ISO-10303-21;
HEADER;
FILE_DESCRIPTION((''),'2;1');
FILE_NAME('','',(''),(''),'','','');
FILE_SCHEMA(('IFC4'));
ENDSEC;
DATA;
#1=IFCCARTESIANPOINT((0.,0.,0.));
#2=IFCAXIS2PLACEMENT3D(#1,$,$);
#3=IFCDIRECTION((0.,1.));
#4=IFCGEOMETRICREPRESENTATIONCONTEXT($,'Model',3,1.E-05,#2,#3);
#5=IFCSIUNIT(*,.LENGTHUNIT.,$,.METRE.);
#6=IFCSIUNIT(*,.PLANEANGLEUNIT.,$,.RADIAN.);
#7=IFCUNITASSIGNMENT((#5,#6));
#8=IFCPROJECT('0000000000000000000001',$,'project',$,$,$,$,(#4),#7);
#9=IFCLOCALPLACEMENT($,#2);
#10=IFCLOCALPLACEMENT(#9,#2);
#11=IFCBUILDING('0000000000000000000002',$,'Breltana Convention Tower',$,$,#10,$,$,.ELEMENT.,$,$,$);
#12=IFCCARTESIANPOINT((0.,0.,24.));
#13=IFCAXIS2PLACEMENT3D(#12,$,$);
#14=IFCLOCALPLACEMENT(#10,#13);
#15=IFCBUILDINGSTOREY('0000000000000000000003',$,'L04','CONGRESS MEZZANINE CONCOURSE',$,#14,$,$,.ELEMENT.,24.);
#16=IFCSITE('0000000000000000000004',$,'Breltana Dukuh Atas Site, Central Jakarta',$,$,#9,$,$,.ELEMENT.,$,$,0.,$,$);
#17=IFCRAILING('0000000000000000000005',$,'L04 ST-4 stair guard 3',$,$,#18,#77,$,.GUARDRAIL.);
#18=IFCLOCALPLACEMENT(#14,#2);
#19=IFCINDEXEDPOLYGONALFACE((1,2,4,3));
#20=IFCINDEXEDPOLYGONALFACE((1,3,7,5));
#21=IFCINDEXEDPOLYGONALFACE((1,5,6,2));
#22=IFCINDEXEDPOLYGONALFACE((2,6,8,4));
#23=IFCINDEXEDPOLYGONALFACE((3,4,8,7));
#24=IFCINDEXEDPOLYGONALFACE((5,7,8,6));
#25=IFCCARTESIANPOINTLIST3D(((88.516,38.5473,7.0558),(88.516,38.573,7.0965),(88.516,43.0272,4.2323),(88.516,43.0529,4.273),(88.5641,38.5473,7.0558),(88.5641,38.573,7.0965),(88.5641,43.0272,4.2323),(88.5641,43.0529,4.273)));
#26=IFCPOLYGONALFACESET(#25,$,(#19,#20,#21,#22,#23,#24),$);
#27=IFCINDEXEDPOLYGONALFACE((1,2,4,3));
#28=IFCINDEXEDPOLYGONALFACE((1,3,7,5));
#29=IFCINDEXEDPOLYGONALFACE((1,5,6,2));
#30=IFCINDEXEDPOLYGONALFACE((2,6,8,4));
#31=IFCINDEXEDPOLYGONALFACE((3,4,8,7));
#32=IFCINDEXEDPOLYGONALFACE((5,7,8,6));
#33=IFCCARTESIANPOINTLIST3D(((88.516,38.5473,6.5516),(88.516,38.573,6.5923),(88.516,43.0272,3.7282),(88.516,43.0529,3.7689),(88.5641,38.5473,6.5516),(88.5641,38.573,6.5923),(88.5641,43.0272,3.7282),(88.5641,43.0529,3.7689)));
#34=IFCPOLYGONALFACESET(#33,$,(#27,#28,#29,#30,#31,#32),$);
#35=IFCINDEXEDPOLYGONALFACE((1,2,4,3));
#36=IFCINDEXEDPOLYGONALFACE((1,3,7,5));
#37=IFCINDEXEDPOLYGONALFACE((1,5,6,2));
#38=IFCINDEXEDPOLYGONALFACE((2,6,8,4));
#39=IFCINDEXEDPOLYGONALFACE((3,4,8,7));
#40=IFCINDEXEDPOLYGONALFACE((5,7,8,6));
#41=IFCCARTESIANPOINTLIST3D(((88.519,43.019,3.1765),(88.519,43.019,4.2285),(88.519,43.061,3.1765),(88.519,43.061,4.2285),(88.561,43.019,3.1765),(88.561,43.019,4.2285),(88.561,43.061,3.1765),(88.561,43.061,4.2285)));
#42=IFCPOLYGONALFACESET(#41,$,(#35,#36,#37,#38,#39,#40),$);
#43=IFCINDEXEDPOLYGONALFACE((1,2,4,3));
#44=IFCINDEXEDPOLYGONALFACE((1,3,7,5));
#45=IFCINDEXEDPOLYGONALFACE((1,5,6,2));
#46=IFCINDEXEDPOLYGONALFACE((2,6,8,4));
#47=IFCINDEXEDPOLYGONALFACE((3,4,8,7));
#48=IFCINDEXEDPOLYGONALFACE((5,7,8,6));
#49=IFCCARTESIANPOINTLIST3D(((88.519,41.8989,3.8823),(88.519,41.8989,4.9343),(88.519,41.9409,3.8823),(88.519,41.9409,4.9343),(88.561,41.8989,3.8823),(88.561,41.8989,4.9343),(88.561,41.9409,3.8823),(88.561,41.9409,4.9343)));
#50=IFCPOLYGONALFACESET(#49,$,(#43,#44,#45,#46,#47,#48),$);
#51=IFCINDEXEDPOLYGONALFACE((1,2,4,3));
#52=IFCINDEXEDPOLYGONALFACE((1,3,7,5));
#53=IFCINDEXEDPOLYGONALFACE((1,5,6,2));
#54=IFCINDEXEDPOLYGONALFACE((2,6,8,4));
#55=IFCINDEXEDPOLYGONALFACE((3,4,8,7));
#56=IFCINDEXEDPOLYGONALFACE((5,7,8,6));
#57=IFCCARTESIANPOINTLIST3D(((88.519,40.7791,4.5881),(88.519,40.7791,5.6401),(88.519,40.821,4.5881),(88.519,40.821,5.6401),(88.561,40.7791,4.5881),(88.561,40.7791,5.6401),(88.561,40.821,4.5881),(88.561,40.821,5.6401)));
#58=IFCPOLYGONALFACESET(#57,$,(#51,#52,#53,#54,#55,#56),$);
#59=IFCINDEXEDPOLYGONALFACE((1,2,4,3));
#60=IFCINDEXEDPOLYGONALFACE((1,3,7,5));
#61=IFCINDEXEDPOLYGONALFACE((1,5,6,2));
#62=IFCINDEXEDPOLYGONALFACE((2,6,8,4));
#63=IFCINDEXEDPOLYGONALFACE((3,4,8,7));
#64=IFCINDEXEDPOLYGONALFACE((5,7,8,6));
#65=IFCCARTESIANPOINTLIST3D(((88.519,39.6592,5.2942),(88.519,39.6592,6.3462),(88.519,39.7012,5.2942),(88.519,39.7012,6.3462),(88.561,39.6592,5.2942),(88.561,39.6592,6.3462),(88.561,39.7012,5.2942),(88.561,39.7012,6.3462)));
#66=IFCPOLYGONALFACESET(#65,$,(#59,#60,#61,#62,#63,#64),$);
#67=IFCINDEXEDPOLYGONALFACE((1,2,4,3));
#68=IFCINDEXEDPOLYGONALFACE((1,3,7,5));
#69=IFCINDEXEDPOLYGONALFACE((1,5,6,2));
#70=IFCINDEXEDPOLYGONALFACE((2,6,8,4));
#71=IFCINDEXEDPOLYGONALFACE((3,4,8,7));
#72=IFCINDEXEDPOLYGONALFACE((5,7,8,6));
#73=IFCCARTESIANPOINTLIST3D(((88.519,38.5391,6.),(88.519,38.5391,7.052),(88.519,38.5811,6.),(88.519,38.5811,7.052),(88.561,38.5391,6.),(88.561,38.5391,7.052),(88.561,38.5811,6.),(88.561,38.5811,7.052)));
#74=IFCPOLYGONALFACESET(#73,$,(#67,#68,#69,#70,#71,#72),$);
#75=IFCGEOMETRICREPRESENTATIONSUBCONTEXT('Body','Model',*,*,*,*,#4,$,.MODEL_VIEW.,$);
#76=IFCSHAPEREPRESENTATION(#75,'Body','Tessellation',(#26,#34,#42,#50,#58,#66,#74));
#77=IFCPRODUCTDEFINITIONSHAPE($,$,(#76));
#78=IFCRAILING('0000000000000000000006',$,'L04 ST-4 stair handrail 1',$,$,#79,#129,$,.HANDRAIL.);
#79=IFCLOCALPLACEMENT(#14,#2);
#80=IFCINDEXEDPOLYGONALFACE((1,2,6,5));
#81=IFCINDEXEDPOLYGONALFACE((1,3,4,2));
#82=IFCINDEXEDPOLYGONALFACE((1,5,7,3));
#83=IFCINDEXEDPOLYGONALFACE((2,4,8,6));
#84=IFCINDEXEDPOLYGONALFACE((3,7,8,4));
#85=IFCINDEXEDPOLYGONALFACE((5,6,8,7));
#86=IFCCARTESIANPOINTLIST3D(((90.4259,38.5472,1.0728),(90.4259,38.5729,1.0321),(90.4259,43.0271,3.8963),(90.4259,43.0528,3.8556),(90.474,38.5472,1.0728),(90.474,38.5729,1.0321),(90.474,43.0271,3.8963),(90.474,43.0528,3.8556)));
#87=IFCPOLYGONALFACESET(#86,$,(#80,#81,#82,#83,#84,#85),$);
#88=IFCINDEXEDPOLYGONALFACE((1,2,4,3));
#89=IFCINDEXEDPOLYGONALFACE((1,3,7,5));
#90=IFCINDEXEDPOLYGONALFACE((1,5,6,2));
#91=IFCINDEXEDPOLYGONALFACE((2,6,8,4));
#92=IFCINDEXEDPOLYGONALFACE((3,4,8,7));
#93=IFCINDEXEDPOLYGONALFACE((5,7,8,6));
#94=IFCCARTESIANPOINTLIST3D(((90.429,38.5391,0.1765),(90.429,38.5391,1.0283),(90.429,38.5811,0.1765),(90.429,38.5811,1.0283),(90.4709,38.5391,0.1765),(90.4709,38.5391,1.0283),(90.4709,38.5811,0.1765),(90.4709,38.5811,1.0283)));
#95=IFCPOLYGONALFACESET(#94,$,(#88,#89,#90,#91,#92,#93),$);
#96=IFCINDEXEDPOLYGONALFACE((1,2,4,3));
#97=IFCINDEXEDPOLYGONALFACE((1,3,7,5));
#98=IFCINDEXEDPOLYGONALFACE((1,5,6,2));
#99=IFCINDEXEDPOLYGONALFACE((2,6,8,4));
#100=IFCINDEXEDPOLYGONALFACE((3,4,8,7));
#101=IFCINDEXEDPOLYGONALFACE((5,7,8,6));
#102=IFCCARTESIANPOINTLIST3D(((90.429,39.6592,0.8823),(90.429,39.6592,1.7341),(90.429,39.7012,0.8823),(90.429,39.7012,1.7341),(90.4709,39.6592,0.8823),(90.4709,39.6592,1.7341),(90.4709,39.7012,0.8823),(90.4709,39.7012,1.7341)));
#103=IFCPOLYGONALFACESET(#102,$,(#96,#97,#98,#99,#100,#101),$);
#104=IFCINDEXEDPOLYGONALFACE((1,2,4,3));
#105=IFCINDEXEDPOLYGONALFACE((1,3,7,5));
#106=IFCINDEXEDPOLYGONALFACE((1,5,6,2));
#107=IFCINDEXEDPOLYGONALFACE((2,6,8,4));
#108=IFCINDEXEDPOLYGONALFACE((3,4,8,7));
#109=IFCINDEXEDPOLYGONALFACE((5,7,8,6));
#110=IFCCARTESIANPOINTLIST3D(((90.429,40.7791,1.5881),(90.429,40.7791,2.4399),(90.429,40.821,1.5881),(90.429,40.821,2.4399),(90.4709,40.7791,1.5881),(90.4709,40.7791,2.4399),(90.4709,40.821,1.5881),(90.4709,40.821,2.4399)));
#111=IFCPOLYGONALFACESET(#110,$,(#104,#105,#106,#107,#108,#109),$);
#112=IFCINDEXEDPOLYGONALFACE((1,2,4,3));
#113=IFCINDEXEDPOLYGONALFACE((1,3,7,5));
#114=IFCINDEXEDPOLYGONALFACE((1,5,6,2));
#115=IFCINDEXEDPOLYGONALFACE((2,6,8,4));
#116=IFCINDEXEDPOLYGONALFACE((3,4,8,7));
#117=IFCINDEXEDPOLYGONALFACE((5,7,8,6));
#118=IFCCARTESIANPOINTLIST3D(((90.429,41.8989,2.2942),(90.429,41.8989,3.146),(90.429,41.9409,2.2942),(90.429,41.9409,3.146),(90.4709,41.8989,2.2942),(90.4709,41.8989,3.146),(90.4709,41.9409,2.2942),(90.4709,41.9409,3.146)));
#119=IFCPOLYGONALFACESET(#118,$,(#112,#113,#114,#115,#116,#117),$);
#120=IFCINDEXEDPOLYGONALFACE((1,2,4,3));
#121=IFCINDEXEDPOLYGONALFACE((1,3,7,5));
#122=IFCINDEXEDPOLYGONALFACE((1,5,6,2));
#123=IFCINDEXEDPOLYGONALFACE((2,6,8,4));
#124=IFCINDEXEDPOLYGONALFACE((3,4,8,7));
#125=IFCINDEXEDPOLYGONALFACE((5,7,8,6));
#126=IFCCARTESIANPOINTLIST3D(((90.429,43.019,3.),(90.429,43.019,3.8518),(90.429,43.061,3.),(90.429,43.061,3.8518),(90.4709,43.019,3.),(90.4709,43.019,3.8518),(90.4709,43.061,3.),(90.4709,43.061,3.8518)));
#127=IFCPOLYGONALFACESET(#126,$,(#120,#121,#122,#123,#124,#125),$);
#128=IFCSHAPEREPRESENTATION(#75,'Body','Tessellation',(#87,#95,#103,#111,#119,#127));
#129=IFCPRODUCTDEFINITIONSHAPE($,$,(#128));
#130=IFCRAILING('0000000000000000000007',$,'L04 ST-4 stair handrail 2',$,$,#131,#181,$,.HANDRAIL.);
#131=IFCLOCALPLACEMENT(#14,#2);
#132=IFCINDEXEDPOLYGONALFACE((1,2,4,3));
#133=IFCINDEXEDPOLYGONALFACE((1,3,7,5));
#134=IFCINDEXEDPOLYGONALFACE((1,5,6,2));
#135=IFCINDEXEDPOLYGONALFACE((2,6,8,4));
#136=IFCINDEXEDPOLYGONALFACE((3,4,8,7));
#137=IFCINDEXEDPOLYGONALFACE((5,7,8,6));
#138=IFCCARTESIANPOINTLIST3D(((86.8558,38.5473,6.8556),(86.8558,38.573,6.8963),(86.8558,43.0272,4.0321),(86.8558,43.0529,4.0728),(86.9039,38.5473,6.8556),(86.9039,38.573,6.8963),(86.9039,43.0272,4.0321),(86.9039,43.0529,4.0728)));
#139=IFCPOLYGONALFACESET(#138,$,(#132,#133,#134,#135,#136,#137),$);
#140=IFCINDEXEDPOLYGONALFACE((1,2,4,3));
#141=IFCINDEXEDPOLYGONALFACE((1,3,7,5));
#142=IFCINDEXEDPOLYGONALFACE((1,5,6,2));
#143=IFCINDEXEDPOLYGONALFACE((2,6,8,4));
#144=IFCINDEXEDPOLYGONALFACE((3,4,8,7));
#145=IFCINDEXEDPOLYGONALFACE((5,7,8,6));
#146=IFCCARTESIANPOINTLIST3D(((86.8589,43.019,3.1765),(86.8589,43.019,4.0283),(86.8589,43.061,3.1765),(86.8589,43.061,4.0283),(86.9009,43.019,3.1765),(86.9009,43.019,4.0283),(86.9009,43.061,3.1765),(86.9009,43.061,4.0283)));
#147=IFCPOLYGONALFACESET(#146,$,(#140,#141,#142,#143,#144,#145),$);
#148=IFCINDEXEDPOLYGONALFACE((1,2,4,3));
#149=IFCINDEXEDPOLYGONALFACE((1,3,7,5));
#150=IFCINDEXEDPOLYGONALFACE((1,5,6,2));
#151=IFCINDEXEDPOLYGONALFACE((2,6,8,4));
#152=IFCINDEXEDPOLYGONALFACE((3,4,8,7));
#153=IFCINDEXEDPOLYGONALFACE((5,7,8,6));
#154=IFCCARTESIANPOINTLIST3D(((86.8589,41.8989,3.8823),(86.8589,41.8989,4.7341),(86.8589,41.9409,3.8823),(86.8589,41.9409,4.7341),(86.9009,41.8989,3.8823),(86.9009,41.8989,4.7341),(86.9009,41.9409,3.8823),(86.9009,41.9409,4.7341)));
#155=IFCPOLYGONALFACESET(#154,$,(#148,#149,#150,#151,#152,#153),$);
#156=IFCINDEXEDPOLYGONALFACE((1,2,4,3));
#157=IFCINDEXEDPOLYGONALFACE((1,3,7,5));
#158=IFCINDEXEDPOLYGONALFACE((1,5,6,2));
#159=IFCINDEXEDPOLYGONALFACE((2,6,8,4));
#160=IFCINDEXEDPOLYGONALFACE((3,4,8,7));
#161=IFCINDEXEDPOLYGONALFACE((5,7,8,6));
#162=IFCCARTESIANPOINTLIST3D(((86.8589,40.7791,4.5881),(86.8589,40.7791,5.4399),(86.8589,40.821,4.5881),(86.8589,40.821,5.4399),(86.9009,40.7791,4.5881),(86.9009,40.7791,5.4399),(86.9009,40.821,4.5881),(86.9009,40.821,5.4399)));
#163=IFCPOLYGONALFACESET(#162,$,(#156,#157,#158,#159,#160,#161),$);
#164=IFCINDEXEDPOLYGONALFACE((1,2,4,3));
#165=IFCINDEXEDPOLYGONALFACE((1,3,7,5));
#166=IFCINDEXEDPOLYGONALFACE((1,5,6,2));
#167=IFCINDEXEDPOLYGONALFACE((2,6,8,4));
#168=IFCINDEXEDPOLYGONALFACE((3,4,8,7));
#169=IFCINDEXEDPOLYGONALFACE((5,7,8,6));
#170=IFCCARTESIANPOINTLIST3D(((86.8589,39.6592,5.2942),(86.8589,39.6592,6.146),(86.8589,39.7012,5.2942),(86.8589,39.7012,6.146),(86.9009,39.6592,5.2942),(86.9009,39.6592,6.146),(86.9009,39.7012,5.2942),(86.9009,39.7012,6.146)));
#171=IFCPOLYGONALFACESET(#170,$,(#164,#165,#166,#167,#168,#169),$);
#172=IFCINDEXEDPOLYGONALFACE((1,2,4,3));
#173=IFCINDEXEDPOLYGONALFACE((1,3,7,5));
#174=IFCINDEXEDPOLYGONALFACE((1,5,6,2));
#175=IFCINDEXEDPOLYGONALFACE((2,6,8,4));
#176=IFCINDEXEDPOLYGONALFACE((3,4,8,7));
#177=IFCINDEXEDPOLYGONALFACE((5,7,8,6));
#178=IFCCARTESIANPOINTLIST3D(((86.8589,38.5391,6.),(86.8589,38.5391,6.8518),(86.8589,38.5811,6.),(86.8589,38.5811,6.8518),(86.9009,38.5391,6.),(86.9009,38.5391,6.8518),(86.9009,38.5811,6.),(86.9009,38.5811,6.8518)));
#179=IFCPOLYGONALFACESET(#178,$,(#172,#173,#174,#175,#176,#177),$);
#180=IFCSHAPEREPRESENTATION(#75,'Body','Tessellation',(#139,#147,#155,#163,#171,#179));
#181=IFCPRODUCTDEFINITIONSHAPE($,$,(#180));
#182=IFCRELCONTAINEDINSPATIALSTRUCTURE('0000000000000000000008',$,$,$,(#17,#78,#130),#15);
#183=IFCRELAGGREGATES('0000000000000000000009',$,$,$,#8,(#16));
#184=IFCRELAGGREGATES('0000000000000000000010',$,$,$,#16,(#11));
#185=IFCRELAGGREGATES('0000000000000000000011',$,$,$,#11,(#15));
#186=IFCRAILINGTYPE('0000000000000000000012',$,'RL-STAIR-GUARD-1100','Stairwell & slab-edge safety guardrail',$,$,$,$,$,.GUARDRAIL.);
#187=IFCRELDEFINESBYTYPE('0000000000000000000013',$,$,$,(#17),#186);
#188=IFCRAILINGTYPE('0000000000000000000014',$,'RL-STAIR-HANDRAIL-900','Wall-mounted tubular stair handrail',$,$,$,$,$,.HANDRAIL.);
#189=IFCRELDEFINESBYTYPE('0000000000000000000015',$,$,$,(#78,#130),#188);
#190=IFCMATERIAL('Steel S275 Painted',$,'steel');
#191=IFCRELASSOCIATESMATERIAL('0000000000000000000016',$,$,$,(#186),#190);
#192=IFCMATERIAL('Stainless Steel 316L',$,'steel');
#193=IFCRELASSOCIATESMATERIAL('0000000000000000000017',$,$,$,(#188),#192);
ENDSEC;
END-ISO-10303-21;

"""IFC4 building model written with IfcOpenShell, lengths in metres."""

from ifc_helpers import new_model, si_unit, direction, frame, origin, origin_2d, place, context, subcontext, project, spatial, rectangle, extrude, material, type_object, element, save


model = new_model("IFC4")

# Units and contexts
model_context = context("Model", 3, precision=1e-05, world=origin(), true_north=direction((0.0, 1.0)))
body_context = subcontext(model_context, "Body", "Model", "MODEL_VIEW")
ifc_project = project(units=[si_unit("LENGTHUNIT", "METRE"), si_unit("PLANEANGLEUNIT", "RADIAN")], contexts=[model_context])

# Site, building, storey
site_placement = place(None, origin())
site = spatial("IfcSite", under=ifc_project, at=site_placement, Name="Breltana Dukuh Atas Site, Central Jakarta", CompositionType="ELEMENT", RefElevation=0.0)
building_placement = place(site_placement, origin())
building = spatial("IfcBuilding", under=site, at=building_placement, Name="Breltana Convention Tower", CompositionType="ELEMENT")
storey_placement = place(building_placement, frame((0.0, 0.0, 24.0)))
storey = spatial("IfcBuildingStorey", under=building, at=storey_placement, Name="L04", Description="CONGRESS MEZZANINE CONCOURSE", CompositionType="ELEMENT", Elevation=24.0)

# Railings
ifc_material_1 = material(Name="Steel S275 Painted", Category="steel")
railing_type_1 = type_object("IfcRailingType", Name="RL-STAIR-GUARD-1100", Description="Stairwell & slab-edge safety guardrail", PredefinedType="GUARDRAIL", material=ifc_material_1)
railing_1_placement = place(storey_placement, frame((88.54, 43.04, 3.1765)))
element("IfcRailing", 1, at=railing_1_placement, inside=storey, type_object=railing_type_1, Name="L04 ST-4 stair guard 3", PredefinedType="GUARDRAIL", context=body_context, shape_type="SweptSolid", body=[
    extrude(rectangle(XDim=0.0481, YDim=0.0481, at=origin_2d()), frame((0.0, 0.0, 1.0762), z_axis=(0.0, -0.845998, 0.533186), x_axis=(1.0, 0.0, 0.0)), (0.0, 0.0, 1.0), 5.2954),
    extrude(rectangle(XDim=0.0481, YDim=0.0481, at=origin_2d()), frame((0.0, 0.0, 0.572), z_axis=(0.0, -0.845998, 0.533186), x_axis=(1.0, 0.0, 0.0)), (0.0, 0.0, 1.0), 5.2954),
    extrude(rectangle(XDim=0.042, YDim=0.042, at=origin_2d()), origin(), (0.0, 0.0, 1.0), 1.052),
    extrude(rectangle(XDim=0.042, YDim=0.042, at=origin_2d()), frame((0.0, -1.1201, 0.7058)), (0.0, 0.0, 1.0), 1.052),
    extrude(rectangle(XDim=0.042, YDim=0.042, at=origin_2d()), frame((0.0, -2.24, 1.4116)), (0.0, 0.0, 1.0), 1.052),
    extrude(rectangle(XDim=0.042, YDim=0.042, at=origin_2d()), frame((0.0, -3.3599, 2.1177)), (0.0, 0.0, 1.0), 1.052),
    extrude(rectangle(XDim=0.042, YDim=0.042, at=origin_2d()), frame((0.0, -4.48, 2.8235)), (0.0, 0.0, 1.0), 1.052),
])
ifc_material_2 = material(Name="Stainless Steel 316L", Category="steel")
railing_type_2 = type_object("IfcRailingType", Name="RL-STAIR-HANDRAIL-900", Description="Wall-mounted tubular stair handrail", PredefinedType="HANDRAIL", material=ifc_material_2)
railing_2_placement = place(storey_placement, frame((90.45, 38.5601, 0.1765)))
element("IfcRailing", 2, at=railing_2_placement, inside=storey, type_object=railing_type_2, Name="L04 ST-4 stair handrail 1", PredefinedType="HANDRAIL", context=body_context, shape_type="SweptSolid", body=[
    extrude(rectangle(XDim=0.0481, YDim=0.0481, at=origin_2d()), frame((0.0, 0.0, 0.876), z_axis=(0.0, 0.845998, 0.533186), x_axis=(-1.0, 0.0, 0.0)), (0.0, 0.0, 1.0), 5.2954),
    extrude(rectangle(XDim=0.042, YDim=0.042, at=origin_2d()), origin(), (0.0, 0.0, 1.0), 0.8518),
    extrude(rectangle(XDim=0.042, YDim=0.042, at=origin_2d()), frame((0.0, 1.1201, 0.7058)), (0.0, 0.0, 1.0), 0.8518),
    extrude(rectangle(XDim=0.042, YDim=0.042, at=origin_2d()), frame((0.0, 2.24, 1.4116)), (0.0, 0.0, 1.0), 0.8518),
    extrude(rectangle(XDim=0.042, YDim=0.042, at=origin_2d()), frame((0.0, 3.3599, 2.1177)), (0.0, 0.0, 1.0), 0.8518),
    extrude(rectangle(XDim=0.042, YDim=0.042, at=origin_2d()), frame((0.0, 4.48, 2.8235)), (0.0, 0.0, 1.0), 0.8518),
])
railing_3_placement = place(storey_placement, frame((86.8799, 43.04, 3.1765)))
element("IfcRailing", 3, at=railing_3_placement, inside=storey, type_object=railing_type_2, Name="L04 ST-4 stair handrail 2", PredefinedType="HANDRAIL", context=body_context, shape_type="SweptSolid", body=[
    extrude(rectangle(XDim=0.0481, YDim=0.0481, at=origin_2d()), frame((0.0, 0.0, 0.876), z_axis=(0.0, -0.845998, 0.533186), x_axis=(1.0, 0.0, 0.0)), (0.0, 0.0, 1.0), 5.2954),
    extrude(rectangle(XDim=0.042, YDim=0.042, at=origin_2d()), origin(), (0.0, 0.0, 1.0), 0.8518),
    extrude(rectangle(XDim=0.042, YDim=0.042, at=origin_2d()), frame((0.0, -1.1201, 0.7058)), (0.0, 0.0, 1.0), 0.8518),
    extrude(rectangle(XDim=0.042, YDim=0.042, at=origin_2d()), frame((0.0, -2.24, 1.4116)), (0.0, 0.0, 1.0), 0.8518),
    extrude(rectangle(XDim=0.042, YDim=0.042, at=origin_2d()), frame((0.0, -3.3599, 2.1177)), (0.0, 0.0, 1.0), 0.8518),
    extrude(rectangle(XDim=0.042, YDim=0.042, at=origin_2d()), frame((0.0, -4.48, 2.8235)), (0.0, 0.0, 1.0), 0.8518),
])

save(model, "model.ifc")
